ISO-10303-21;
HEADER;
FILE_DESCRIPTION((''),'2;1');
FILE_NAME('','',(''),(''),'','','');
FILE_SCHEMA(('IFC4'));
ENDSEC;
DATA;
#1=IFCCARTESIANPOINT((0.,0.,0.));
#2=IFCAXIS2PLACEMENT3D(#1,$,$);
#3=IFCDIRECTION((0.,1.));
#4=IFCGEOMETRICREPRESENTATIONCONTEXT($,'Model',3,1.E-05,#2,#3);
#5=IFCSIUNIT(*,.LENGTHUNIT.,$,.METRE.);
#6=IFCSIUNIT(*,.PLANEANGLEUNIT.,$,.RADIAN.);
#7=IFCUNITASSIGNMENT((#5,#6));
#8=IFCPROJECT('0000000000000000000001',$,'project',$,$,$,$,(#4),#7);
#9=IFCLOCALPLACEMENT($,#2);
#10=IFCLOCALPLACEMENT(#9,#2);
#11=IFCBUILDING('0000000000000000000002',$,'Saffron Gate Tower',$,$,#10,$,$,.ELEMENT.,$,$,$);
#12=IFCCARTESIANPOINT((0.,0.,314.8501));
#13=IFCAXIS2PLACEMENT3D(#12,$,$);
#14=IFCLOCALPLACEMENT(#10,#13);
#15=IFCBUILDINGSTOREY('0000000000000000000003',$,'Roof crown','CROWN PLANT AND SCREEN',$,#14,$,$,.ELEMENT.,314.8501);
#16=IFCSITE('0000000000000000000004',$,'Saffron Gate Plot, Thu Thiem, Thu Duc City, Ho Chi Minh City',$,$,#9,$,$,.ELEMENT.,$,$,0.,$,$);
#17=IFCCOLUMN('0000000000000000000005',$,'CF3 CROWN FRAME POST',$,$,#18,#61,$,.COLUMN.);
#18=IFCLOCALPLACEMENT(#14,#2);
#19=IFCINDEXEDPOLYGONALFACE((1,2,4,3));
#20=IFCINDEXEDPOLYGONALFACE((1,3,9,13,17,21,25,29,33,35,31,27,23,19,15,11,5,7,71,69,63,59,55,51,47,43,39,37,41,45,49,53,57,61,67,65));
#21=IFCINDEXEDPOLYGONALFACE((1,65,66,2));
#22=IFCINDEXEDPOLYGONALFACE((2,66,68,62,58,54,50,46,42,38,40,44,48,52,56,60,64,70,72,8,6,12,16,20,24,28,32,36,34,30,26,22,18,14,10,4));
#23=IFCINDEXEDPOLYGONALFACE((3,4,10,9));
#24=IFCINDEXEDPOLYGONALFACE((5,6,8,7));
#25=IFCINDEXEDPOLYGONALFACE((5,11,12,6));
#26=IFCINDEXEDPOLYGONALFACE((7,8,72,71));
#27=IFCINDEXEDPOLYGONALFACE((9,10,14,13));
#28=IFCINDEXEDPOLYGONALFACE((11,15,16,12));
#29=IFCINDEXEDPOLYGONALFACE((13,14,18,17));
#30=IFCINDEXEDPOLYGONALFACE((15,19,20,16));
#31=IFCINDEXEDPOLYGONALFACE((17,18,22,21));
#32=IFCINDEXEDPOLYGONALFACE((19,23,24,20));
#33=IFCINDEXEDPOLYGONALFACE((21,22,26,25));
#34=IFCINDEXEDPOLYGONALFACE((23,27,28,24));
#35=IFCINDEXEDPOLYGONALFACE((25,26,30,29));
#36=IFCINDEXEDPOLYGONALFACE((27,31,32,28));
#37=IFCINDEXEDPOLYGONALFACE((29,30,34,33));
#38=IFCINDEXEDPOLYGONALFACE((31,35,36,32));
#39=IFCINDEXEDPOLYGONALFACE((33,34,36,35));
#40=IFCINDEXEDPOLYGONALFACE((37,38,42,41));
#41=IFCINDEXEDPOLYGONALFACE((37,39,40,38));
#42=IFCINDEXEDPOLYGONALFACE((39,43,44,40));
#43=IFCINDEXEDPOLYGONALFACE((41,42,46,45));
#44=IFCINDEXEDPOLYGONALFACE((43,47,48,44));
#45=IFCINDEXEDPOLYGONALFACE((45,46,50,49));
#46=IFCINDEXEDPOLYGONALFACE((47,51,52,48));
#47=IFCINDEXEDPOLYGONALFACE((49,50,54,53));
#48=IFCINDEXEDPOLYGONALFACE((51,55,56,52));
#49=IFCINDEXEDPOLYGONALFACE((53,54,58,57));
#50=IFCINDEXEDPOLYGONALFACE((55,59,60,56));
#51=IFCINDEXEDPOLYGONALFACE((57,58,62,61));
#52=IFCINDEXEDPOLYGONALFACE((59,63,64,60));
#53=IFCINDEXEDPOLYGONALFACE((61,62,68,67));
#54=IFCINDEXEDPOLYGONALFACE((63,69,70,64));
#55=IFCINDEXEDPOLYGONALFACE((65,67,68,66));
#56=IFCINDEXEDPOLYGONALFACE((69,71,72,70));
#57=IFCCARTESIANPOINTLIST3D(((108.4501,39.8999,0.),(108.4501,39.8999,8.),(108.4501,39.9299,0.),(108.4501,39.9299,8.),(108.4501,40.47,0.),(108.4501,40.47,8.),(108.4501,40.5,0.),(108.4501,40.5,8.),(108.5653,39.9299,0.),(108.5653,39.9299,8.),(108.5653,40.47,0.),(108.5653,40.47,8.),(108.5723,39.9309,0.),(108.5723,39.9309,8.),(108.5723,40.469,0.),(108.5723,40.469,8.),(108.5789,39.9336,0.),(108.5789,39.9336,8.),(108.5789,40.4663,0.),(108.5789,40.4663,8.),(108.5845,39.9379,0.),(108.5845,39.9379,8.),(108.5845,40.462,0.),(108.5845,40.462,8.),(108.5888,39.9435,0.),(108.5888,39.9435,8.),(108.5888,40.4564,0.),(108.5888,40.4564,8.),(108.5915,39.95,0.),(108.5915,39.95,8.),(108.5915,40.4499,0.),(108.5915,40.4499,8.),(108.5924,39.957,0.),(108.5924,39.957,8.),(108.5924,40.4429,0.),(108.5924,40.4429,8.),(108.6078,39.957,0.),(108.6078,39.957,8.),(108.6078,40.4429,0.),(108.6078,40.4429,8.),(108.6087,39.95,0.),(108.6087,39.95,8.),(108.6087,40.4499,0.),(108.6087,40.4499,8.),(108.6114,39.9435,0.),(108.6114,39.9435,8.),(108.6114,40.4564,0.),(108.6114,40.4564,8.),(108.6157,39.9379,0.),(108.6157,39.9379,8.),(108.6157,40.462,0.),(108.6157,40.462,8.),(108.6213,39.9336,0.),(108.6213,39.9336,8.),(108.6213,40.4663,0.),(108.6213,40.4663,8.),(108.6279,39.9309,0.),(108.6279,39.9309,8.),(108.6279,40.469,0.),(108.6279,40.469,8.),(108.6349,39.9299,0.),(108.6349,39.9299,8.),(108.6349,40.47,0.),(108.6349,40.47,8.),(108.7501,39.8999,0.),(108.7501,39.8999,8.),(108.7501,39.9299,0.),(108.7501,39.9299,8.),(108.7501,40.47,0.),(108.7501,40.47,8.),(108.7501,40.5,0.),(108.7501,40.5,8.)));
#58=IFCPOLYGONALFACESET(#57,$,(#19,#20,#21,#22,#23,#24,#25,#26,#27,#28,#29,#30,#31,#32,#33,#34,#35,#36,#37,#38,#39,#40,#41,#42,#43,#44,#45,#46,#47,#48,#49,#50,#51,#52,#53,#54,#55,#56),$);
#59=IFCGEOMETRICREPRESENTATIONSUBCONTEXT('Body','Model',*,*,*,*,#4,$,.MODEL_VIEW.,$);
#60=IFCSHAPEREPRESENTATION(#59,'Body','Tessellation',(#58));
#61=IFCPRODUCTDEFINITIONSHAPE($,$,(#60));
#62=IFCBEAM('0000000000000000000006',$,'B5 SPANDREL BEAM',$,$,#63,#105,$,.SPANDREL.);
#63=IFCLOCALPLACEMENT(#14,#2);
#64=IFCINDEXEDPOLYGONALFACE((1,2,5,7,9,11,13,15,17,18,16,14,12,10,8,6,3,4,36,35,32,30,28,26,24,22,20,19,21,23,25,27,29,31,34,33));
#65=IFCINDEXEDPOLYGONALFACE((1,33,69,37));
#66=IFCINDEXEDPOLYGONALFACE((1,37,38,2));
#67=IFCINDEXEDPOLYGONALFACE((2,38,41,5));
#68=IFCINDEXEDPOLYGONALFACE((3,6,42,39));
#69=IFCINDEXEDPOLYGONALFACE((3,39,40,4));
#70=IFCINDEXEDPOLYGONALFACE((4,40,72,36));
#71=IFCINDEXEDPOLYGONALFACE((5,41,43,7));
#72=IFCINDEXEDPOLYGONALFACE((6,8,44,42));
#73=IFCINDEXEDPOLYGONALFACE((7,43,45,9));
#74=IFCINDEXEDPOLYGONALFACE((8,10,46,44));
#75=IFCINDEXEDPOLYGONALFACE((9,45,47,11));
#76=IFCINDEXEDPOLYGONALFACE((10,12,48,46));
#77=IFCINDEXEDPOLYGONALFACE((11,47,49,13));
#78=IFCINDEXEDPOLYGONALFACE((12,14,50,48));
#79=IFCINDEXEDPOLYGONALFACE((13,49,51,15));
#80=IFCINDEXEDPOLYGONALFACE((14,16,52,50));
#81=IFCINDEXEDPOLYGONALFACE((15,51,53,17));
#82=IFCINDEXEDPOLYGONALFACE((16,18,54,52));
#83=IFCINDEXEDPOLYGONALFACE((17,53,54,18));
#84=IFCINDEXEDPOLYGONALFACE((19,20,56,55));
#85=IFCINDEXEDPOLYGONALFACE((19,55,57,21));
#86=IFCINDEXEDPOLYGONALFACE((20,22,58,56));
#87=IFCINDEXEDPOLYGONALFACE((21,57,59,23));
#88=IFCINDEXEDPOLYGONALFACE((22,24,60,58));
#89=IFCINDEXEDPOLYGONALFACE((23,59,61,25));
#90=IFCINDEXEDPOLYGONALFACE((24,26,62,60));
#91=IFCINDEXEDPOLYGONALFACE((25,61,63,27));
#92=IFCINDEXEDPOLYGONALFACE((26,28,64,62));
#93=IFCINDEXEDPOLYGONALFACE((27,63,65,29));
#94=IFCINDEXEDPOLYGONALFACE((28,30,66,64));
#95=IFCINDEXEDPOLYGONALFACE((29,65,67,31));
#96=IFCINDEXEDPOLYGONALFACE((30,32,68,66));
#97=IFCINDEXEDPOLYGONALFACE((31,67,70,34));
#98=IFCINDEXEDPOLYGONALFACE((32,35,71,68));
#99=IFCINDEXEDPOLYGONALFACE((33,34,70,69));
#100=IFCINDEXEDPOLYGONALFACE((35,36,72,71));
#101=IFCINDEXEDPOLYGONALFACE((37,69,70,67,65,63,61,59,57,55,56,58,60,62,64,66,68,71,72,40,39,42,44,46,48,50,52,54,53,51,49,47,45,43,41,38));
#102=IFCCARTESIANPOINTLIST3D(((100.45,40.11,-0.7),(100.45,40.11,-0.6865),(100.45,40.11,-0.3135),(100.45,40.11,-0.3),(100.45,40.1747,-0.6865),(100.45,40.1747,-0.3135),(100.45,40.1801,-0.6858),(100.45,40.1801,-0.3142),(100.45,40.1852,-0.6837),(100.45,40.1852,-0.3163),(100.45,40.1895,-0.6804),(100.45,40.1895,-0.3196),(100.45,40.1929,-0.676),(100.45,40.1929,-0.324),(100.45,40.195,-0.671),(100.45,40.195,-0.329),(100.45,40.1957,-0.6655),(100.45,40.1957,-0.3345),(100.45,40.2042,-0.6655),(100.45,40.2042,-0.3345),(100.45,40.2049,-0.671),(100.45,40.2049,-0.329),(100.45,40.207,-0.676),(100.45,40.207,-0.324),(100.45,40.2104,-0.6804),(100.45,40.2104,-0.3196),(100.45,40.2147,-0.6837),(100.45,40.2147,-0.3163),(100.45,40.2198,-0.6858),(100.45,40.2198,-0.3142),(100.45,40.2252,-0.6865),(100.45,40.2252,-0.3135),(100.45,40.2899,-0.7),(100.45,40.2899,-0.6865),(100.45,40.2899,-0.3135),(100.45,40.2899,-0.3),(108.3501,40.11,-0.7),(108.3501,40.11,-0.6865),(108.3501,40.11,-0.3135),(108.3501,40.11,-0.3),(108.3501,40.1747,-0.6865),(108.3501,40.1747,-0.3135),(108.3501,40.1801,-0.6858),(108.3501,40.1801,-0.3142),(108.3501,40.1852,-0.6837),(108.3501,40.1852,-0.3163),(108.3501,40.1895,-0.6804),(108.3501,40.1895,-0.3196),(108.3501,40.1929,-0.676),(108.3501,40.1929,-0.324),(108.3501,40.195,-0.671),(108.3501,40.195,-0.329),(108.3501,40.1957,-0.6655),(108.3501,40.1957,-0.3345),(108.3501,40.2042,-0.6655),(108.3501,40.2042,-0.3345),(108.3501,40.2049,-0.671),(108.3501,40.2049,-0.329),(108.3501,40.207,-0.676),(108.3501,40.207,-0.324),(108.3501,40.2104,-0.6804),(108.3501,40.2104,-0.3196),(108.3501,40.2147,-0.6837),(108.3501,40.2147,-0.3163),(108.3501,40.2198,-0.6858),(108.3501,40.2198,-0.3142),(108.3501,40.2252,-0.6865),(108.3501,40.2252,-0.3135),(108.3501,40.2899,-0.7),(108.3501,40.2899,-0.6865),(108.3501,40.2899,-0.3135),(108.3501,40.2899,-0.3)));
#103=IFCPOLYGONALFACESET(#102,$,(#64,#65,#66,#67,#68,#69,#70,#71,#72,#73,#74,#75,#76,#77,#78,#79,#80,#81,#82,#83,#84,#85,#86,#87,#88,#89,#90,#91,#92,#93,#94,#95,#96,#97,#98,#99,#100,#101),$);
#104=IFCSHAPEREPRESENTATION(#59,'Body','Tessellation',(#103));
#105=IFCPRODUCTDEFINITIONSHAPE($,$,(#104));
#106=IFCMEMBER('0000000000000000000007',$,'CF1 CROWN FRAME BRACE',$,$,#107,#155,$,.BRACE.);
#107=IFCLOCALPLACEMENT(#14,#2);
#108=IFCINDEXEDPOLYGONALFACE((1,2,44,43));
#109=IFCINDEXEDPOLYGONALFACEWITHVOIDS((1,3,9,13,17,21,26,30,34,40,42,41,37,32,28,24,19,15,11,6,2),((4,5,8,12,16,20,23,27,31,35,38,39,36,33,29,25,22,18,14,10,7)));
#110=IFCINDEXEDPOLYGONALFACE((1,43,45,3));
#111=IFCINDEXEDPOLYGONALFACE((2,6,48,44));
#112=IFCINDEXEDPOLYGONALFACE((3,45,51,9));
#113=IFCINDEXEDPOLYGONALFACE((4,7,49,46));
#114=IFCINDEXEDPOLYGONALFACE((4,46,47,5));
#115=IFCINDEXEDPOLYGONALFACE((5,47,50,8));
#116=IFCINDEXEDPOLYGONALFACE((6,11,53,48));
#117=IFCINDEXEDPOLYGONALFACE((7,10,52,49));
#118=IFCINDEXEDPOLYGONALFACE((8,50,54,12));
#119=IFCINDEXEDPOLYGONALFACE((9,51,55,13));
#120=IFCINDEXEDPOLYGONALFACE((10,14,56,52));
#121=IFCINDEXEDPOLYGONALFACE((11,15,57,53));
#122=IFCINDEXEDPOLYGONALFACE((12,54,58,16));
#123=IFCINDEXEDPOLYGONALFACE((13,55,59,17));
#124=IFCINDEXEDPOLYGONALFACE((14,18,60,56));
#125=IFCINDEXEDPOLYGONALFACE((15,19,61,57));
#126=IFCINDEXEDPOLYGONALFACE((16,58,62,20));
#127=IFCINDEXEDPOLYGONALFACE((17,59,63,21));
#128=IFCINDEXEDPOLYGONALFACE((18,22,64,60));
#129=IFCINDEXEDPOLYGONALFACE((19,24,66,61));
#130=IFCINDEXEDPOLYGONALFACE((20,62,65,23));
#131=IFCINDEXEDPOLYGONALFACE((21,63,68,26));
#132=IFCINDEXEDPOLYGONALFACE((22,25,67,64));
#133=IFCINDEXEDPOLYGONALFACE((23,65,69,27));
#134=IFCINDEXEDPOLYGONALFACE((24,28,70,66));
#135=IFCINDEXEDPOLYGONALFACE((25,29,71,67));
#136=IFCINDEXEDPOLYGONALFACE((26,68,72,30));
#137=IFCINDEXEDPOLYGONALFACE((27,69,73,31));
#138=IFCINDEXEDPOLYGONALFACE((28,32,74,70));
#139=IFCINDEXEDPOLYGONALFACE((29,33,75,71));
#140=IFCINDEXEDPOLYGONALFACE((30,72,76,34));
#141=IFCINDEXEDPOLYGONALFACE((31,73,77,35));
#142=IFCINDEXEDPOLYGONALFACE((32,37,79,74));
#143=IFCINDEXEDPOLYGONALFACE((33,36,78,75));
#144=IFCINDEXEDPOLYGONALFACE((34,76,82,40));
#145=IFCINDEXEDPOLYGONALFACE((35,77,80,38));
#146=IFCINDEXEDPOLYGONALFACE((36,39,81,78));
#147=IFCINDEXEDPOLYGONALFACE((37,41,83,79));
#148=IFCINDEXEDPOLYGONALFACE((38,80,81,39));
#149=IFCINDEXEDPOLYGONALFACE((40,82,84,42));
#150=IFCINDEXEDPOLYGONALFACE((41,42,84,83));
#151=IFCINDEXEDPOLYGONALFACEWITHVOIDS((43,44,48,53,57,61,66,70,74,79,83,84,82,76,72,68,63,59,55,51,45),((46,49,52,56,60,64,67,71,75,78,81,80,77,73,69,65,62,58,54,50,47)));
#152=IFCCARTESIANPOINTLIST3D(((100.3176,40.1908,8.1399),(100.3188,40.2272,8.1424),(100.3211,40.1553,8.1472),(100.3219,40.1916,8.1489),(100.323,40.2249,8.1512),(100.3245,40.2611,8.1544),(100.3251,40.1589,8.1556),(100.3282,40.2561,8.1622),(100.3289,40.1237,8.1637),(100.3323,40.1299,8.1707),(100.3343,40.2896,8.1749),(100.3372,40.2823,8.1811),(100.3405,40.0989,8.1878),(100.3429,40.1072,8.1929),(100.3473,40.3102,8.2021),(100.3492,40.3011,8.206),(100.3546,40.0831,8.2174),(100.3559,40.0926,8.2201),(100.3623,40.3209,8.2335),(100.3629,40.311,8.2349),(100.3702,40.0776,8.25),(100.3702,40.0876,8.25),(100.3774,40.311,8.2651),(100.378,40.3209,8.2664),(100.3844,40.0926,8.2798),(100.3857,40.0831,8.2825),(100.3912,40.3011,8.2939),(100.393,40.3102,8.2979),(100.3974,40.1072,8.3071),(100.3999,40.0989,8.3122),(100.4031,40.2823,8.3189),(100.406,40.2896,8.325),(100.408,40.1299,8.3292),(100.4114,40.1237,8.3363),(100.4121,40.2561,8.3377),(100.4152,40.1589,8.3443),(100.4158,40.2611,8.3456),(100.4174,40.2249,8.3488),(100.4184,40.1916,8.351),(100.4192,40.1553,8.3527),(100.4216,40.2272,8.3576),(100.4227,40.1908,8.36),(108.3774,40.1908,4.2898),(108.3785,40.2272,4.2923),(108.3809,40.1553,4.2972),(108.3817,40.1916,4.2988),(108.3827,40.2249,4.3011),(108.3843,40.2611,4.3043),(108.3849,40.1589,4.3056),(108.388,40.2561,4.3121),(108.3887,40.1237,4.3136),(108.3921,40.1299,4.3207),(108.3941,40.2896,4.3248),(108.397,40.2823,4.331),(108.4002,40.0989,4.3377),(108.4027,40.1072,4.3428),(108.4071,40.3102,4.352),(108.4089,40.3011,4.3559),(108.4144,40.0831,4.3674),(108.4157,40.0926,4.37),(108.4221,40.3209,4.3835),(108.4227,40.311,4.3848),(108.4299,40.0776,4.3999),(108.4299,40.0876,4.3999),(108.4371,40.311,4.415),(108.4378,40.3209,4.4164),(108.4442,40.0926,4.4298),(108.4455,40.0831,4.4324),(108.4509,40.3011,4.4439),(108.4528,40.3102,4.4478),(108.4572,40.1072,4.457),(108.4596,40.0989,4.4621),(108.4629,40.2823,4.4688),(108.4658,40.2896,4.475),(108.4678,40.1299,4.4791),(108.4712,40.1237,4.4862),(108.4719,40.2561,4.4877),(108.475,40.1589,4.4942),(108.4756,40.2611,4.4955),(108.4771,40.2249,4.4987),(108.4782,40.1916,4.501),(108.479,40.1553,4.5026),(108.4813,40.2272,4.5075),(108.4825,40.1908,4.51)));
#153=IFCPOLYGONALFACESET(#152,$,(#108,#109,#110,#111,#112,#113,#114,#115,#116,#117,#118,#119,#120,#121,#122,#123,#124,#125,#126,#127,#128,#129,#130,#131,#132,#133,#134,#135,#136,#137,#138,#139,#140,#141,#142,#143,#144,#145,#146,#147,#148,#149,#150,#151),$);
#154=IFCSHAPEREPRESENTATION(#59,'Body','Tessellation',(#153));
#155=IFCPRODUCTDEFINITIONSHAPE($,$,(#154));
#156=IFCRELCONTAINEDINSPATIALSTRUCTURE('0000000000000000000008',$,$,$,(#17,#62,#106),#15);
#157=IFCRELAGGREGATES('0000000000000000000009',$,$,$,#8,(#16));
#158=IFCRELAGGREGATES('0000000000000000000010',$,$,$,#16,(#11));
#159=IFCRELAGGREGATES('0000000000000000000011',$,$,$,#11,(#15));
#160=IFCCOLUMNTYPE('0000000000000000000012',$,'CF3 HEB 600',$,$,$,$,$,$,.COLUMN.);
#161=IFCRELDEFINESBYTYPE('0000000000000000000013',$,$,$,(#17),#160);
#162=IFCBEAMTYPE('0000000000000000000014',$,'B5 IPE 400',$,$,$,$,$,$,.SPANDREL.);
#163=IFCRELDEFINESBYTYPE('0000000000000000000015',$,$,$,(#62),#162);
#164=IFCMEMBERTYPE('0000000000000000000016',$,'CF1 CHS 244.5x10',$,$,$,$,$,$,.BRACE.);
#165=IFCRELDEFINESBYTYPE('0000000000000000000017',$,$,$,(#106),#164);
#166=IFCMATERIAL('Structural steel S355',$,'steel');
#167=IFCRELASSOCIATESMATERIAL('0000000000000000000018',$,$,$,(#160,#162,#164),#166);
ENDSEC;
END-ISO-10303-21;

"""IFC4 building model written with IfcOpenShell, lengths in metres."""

from ifc_helpers import new_model, si_unit, direction, frame, origin, origin_2d, place, context, subcontext, project, spatial, hollow_circle, i_section, extrude, material, material_profile, profile_set, type_object, element, save


model = new_model("IFC4")

# Units and contexts
model_context = context("Model", 3, precision=1e-05, world=origin(), true_north=direction((0.0, 1.0)))
body_context = subcontext(model_context, "Body", "Model", "MODEL_VIEW")
ifc_project = project(units=[si_unit("LENGTHUNIT", "METRE"), si_unit("PLANEANGLEUNIT", "RADIAN")], contexts=[model_context])

# Site, building, storey
site_placement = place(None, origin())
site = spatial("IfcSite", under=ifc_project, at=site_placement, Name="Saffron Gate Plot, Thu Thiem, Thu Duc City, Ho Chi Minh City", CompositionType="ELEMENT", RefElevation=0.0)
building_placement = place(site_placement, origin())
building = spatial("IfcBuilding", under=site, at=building_placement, Name="Saffron Gate Tower", CompositionType="ELEMENT")
storey_placement = place(building_placement, frame((0.0, 0.0, 314.8501)))
storey = spatial("IfcBuildingStorey", under=building, at=storey_placement, Name="Roof crown", Description="CROWN PLANT AND SCREEN", CompositionType="ELEMENT", Elevation=314.8501)

# Column
ifc_material_1 = material(Name="Structural steel S355", Category="steel")
ifc_material_profile_1 = material_profile(ifc_material_1, i_section(OverallWidth=0.3, OverallDepth=0.6001, WebThickness=0.0154, FlangeThickness=0.03, FilletRadius=0.0271, at=origin_2d()))
ifc_profile_set_1 = profile_set([ifc_material_profile_1], Name="Structural steel S355")
column_type = type_object("IfcColumnType", Name="CF3 HEB 600", PredefinedType="COLUMN", material=ifc_profile_set_1)
column_placement = place(storey_placement, frame((108.6001, 40.2, 0.0), z_axis=(0.0, 0.0, 1.0), x_axis=(1.0, 0.0, 0.0)))
element("IfcColumn", 1, at=column_placement, inside=storey, type_object=column_type, Name="CF3 CROWN FRAME POST", PredefinedType="COLUMN", context=body_context, shape_type="SweptSolid", body=[
    extrude(i_section(OverallWidth=0.3, OverallDepth=0.6001, WebThickness=0.0154, FlangeThickness=0.03, FilletRadius=0.0271, at=origin_2d()), origin(), (0.0, 0.0, 1.0), 8.0),
])

# Beam
ifc_material_profile_2 = material_profile(ifc_material_1, i_section(OverallWidth=0.1799, OverallDepth=0.3999, WebThickness=0.0085, FlangeThickness=0.0134, FilletRadius=0.021, at=origin_2d()))
ifc_profile_set_2 = profile_set([ifc_material_profile_2], Name="Structural steel S355")
beam_type_1 = type_object("IfcBeamType", Name="B5 IPE 400", PredefinedType="SPANDREL", material=ifc_profile_set_2)
beam_1_placement = place(storey_placement, frame((100.45, 40.2, -0.5), z_axis=(1.0, 0.0, 0.0), x_axis=(0.0, 1.0, 0.0)))
element("IfcBeam", 2, at=beam_1_placement, inside=storey, type_object=beam_type_1, Name="B5 SPANDREL BEAM", PredefinedType="SPANDREL", context=body_context, shape_type="SweptSolid", body=[
    extrude(i_section(OverallWidth=0.1799, OverallDepth=0.3999, WebThickness=0.0085, FlangeThickness=0.0134, FilletRadius=0.021, at=origin_2d()), origin(), (0.0, 0.0, 1.0), 7.9001),
])

# Member
ifc_material_profile_3 = material_profile(ifc_material_1, hollow_circle(Radius=0.1223, WallThickness=0.01, at=origin_2d()))
ifc_profile_set_3 = profile_set([ifc_material_profile_3], Name="Structural steel S355")
member_type_1 = type_object("IfcMemberType", Name="CF1 CHS 244.5x10", PredefinedType="BRACE", material=ifc_profile_set_3)
member_1_placement = place(storey_placement, frame((108.4299, 40.2, 4.3999), z_axis=(-0.902334, 0.0, 0.431037), x_axis=(0.0, -1.0, 0.0)))
element("IfcMember", 3, at=member_1_placement, inside=storey, type_object=member_type_1, Name="CF1 CROWN FRAME BRACE", PredefinedType="BRACE", context=body_context, shape_type="SweptSolid", body=[
    extrude(hollow_circle(Radius=0.1223, WallThickness=0.01, at=origin_2d()), origin(), (0.0, 0.0, 1.0), 8.9321),
])

save(model, "model.ifc")
